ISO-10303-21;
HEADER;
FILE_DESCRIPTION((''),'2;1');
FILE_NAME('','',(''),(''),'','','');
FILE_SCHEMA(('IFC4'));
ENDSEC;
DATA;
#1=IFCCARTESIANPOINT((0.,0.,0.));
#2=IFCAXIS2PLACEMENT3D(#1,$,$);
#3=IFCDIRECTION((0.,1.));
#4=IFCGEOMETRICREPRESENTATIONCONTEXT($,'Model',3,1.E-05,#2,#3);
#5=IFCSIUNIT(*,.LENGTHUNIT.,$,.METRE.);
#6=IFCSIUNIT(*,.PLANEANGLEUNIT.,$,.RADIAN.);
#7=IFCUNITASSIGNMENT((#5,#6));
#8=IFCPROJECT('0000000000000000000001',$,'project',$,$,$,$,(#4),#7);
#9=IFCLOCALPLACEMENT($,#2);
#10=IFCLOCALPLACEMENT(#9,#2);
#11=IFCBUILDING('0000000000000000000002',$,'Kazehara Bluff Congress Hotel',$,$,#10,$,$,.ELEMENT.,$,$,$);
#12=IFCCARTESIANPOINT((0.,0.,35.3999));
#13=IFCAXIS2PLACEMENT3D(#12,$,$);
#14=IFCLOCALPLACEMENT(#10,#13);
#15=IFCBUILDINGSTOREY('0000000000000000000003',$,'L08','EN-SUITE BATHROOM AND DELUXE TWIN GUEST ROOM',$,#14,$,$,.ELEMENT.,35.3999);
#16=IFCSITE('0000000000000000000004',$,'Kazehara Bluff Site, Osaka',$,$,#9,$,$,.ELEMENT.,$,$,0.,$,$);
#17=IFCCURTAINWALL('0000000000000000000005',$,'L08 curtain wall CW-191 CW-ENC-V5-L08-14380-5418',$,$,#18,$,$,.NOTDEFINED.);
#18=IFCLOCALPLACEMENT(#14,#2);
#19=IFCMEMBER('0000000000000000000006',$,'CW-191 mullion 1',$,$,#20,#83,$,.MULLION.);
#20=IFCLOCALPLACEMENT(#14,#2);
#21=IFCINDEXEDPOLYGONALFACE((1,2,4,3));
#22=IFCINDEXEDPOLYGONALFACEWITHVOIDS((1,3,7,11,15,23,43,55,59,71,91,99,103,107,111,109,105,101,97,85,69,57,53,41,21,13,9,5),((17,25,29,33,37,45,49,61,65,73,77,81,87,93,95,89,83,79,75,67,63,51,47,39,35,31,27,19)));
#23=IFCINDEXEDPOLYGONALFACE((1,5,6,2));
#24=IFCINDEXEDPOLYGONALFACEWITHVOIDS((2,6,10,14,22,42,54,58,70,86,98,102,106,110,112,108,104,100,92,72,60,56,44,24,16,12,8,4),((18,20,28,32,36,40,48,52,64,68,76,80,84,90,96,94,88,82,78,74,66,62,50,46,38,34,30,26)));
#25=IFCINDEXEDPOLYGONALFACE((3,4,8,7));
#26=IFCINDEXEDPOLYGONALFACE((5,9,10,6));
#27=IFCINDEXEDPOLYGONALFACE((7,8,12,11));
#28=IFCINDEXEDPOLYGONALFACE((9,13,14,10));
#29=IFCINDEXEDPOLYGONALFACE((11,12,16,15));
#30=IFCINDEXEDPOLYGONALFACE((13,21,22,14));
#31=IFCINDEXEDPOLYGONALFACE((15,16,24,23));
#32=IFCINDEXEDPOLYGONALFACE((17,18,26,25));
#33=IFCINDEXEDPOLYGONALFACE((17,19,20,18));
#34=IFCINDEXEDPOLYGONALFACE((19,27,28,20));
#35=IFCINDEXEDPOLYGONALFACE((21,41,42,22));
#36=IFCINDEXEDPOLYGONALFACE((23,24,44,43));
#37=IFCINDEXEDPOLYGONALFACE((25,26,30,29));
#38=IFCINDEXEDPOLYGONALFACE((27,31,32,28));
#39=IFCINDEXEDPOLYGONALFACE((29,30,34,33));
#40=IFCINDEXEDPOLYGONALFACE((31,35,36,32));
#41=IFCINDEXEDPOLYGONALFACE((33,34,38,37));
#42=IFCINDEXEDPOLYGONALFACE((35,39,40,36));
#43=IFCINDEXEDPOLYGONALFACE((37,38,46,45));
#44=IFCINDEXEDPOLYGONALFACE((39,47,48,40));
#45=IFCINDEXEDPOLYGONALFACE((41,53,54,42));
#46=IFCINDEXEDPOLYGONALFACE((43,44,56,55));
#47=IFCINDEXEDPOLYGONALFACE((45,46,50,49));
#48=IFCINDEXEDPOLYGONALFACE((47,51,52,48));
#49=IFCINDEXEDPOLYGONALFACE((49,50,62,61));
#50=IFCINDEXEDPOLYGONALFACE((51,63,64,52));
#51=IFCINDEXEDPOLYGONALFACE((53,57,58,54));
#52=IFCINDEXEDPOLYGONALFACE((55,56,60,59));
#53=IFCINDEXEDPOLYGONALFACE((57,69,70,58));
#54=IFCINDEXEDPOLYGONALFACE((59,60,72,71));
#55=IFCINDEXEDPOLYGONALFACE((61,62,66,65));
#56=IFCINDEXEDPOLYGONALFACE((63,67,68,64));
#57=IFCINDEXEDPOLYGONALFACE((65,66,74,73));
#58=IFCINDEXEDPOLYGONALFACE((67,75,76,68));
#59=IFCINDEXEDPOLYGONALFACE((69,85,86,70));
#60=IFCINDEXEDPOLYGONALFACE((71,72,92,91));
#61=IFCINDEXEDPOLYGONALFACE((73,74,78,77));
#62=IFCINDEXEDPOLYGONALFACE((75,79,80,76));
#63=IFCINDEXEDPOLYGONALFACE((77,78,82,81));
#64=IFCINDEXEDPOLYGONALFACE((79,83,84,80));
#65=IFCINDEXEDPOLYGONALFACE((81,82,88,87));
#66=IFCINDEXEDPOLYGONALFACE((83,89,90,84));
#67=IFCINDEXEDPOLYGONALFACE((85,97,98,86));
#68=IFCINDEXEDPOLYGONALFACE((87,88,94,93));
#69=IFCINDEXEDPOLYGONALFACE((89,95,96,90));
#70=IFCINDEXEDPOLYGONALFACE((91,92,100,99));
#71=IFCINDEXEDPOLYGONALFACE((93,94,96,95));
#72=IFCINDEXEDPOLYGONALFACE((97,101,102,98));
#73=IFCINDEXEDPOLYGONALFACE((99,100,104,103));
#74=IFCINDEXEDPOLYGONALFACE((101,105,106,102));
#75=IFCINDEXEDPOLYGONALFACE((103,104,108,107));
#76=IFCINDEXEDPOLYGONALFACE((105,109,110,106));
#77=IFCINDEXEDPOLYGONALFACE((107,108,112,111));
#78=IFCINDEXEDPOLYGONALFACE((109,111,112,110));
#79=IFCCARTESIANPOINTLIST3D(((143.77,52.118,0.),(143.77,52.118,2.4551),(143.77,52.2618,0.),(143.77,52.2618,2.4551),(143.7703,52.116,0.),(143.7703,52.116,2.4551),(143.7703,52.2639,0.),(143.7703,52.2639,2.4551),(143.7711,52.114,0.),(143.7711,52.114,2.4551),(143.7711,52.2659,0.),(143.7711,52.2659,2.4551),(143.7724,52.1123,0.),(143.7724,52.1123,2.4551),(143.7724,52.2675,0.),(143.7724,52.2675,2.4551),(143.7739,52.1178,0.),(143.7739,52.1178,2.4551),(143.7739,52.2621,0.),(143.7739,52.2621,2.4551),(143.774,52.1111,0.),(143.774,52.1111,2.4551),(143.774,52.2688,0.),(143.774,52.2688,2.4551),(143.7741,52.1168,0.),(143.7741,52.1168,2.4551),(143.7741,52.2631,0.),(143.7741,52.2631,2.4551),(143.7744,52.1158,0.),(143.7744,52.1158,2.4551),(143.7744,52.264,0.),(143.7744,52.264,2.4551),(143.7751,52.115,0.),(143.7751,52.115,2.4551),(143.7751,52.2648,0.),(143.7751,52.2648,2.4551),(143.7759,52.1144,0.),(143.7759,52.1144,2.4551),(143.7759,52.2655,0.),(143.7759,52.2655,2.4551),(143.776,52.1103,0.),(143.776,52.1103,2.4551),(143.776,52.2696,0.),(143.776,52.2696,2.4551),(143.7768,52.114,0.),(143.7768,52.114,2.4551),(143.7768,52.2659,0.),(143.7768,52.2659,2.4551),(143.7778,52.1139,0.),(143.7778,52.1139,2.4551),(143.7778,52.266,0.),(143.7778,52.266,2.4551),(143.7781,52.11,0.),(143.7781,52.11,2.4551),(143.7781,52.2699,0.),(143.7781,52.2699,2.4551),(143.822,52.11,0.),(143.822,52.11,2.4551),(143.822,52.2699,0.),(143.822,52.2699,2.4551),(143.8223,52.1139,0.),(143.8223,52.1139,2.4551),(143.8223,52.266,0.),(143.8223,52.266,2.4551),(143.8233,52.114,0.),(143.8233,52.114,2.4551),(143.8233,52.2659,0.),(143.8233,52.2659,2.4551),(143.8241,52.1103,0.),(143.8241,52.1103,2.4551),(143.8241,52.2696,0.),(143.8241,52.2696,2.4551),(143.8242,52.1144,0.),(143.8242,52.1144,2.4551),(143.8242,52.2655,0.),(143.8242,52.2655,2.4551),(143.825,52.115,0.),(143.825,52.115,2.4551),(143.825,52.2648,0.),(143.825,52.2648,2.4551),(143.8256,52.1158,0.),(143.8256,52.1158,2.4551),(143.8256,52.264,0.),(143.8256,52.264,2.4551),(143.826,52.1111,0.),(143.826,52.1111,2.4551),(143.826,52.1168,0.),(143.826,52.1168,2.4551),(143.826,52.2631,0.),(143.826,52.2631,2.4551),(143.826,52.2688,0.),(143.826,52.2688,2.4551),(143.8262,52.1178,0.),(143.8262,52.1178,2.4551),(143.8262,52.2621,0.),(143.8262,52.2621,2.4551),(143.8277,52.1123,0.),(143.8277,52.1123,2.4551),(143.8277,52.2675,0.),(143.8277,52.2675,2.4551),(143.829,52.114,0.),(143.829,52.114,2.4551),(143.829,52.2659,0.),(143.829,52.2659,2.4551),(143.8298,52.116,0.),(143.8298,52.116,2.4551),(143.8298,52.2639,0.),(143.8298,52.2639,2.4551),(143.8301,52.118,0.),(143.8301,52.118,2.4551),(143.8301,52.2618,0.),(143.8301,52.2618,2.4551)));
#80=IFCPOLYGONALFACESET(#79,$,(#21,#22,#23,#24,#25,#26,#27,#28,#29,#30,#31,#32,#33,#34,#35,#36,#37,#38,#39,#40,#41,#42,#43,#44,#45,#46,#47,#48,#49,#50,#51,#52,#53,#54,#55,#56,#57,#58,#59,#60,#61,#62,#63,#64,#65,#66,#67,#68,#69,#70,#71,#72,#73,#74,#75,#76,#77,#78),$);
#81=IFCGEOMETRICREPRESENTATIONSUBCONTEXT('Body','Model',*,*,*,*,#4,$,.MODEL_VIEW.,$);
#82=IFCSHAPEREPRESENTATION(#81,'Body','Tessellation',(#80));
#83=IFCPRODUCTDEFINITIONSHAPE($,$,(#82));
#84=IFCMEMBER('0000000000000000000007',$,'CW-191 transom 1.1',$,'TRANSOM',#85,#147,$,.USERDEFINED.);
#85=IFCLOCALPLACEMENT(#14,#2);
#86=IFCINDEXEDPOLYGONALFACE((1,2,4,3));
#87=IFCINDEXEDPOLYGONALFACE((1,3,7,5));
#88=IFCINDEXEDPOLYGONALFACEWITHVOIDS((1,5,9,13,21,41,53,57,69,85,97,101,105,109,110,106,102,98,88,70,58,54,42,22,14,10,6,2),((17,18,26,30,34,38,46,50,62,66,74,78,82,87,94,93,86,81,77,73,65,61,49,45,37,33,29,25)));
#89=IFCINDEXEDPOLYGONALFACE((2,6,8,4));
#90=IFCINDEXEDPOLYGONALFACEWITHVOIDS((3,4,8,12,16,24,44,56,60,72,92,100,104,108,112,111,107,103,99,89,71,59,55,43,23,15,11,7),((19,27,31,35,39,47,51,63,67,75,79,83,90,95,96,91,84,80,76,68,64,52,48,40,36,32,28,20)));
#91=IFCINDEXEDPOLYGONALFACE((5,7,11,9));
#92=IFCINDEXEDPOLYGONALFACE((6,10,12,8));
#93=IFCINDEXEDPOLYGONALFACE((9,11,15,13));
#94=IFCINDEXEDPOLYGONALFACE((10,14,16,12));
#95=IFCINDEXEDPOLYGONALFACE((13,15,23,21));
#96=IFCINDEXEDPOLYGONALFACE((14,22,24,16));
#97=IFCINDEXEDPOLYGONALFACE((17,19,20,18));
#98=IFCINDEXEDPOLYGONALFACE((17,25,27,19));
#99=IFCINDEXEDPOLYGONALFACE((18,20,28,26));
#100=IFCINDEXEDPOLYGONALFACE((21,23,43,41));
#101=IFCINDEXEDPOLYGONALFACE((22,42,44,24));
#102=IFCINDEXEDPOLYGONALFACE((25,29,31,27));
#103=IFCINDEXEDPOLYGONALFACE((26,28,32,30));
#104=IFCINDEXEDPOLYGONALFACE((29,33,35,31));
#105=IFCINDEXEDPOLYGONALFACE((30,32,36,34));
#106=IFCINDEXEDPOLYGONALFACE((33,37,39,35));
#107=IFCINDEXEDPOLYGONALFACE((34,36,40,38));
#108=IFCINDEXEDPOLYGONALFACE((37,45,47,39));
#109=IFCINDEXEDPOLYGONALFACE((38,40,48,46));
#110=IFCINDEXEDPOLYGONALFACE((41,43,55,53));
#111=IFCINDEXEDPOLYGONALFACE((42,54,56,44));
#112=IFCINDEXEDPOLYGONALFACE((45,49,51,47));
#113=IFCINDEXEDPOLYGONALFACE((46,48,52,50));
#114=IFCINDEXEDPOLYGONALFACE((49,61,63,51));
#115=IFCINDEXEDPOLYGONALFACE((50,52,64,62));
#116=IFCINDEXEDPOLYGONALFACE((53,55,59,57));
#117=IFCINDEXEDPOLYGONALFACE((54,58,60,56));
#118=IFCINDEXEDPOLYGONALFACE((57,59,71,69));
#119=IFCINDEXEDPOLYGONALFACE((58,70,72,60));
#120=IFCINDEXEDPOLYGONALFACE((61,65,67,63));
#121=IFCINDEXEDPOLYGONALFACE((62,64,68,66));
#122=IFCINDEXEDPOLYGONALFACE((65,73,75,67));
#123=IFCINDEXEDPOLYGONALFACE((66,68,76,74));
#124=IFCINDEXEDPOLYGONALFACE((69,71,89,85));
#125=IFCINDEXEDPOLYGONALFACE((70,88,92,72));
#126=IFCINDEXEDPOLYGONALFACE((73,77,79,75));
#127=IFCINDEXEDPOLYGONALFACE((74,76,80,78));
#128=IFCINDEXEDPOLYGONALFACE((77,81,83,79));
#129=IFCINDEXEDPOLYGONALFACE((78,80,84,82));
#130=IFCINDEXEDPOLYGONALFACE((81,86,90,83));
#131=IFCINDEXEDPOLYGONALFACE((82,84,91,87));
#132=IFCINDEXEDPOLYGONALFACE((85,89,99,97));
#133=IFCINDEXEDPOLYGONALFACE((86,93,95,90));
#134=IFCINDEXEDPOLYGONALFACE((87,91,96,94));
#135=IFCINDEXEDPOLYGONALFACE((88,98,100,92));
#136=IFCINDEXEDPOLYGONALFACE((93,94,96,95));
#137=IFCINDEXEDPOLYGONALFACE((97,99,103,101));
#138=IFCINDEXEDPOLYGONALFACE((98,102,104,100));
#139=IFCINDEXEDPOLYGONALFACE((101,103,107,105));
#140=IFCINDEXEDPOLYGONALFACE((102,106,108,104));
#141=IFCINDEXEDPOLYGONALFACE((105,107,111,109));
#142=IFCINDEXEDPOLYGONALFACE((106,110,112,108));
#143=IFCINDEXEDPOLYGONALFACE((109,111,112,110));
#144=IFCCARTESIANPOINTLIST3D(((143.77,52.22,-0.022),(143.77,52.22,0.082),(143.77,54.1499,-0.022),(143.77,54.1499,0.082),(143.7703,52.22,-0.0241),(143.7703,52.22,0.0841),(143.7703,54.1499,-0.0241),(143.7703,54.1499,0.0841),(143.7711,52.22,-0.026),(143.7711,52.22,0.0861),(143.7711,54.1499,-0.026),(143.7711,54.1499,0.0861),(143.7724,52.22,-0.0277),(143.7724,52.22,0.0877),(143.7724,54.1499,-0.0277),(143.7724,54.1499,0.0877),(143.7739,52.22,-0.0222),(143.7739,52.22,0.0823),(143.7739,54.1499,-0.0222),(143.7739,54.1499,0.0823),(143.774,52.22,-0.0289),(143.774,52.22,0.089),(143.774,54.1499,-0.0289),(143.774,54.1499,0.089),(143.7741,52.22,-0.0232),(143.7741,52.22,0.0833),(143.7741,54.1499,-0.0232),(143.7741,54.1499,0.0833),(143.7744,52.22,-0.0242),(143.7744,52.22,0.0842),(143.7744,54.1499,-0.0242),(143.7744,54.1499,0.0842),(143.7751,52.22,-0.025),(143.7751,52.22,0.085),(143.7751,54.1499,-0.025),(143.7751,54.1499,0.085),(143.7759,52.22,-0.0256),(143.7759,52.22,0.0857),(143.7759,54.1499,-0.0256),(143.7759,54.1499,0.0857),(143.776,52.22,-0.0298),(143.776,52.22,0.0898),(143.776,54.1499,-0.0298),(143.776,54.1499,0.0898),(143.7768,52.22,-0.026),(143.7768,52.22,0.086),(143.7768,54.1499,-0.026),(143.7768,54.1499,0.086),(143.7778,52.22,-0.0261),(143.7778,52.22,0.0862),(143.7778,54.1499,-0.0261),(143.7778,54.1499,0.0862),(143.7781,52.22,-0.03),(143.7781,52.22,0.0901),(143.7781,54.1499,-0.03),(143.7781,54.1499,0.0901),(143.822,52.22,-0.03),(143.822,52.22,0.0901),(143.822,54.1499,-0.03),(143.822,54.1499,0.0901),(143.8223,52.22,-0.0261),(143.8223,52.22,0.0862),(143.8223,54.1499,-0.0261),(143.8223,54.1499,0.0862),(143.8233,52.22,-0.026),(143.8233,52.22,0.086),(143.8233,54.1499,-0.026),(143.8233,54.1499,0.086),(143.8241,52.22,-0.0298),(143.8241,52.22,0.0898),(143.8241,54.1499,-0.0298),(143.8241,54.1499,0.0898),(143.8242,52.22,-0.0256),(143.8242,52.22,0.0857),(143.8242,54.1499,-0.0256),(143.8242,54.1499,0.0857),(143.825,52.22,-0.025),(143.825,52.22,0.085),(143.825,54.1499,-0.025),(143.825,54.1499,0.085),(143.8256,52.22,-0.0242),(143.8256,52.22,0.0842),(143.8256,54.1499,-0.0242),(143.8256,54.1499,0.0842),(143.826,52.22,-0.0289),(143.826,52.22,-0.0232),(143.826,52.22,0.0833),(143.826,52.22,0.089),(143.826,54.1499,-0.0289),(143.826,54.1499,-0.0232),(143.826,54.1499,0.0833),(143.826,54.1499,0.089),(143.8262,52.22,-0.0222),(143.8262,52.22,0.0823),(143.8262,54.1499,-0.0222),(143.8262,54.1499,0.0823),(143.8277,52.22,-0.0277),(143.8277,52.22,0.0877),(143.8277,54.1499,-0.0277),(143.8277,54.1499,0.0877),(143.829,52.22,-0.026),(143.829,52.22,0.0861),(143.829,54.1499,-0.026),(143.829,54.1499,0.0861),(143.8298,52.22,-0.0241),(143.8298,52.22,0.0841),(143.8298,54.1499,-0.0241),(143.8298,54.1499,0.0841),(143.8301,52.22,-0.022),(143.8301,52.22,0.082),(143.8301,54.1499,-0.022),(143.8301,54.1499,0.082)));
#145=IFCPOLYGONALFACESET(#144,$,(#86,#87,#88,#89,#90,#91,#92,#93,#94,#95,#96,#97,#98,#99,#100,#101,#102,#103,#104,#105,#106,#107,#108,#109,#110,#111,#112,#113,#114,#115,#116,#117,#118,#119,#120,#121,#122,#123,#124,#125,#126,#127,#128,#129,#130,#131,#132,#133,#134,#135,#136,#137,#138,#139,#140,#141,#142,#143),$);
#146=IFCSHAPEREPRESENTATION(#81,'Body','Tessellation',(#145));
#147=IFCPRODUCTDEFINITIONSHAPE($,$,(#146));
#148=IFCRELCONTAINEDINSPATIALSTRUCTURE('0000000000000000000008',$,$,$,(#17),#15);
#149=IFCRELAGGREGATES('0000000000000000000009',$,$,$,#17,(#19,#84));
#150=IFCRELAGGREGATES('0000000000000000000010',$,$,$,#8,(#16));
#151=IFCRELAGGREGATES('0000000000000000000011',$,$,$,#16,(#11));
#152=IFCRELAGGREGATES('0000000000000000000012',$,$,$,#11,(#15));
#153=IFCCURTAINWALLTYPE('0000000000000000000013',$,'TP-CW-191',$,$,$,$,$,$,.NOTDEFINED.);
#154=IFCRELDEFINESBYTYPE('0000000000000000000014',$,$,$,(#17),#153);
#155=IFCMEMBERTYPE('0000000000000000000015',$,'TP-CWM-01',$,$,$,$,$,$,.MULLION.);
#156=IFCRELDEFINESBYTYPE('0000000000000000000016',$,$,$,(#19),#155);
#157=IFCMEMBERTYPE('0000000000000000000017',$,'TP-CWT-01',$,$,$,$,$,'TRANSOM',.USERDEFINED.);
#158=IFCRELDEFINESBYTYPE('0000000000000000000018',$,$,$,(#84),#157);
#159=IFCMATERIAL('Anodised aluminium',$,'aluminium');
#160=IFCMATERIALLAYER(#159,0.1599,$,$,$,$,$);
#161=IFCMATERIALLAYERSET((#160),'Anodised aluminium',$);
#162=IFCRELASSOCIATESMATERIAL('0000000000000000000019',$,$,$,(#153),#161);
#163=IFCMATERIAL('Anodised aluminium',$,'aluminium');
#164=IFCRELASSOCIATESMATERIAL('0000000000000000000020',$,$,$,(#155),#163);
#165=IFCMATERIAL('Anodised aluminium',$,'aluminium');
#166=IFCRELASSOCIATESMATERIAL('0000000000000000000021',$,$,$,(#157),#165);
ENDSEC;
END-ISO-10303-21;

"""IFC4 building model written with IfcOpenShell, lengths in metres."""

from ifc_helpers import new_model, si_unit, direction, frame, origin, origin_2d, place, context, subcontext, project, spatial, hollow_rectangle, extrude, material, layer, layer_set, material_profile, profile_set, type_object, element, aggregate, save


model = new_model("IFC4")

# Units and contexts
model_context = context("Model", 3, precision=1e-05, world=origin(), true_north=direction((0.0, 1.0)))
body_context = subcontext(model_context, "Body", "Model", "MODEL_VIEW")
ifc_project = project(units=[si_unit("LENGTHUNIT", "METRE"), si_unit("PLANEANGLEUNIT", "RADIAN")], contexts=[model_context])

# Site, building, storey
site_placement = place(None, origin())
site = spatial("IfcSite", under=ifc_project, at=site_placement, Name="Kazehara Bluff Site, Osaka", CompositionType="ELEMENT", RefElevation=0.0)
building_placement = place(site_placement, origin())
building = spatial("IfcBuilding", under=site, at=building_placement, Name="Kazehara Bluff Congress Hotel", CompositionType="ELEMENT")
storey_placement = place(building_placement, frame((0.0, 0.0, 35.3999)))
storey = spatial("IfcBuildingStorey", under=building, at=storey_placement, Name="L08", Description="EN-SUITE BATHROOM AND DELUXE TWIN GUEST ROOM", CompositionType="ELEMENT", Elevation=35.3999)

# Curtain wall, members
ifc_material_1 = material(Name="Anodised aluminium", Category="aluminium")
ifc_layer_1 = layer(ifc_material_1, 0.1599)
ifc_layer_set_1 = layer_set([ifc_layer_1], Name="Anodised aluminium")
curtain_wall_type_1 = type_object("IfcCurtainWallType", Name="TP-CW-191", PredefinedType="NOTDEFINED", material=ifc_layer_set_1)
curtain_wall_1_placement = place(storey_placement, origin())
curtain_wall_1 = element("IfcCurtainWall", 1, at=curtain_wall_1_placement, inside=storey, type_object=curtain_wall_type_1, Name="L08 curtain wall CW-191 CW-ENC-V5-L08-14380-5418", PredefinedType="NOTDEFINED")
ifc_material_2 = material(Name="Anodised aluminium", Category="aluminium")
ifc_material_profile_1 = material_profile(ifc_material_2, hollow_rectangle(XDim=0.0601, YDim=0.1599, WallThickness=0.0039, InnerFilletRadius=0.0039, OuterFilletRadius=0.0081, at=origin_2d()))
ifc_profile_set_1 = profile_set([ifc_material_profile_1], Name="Anodised aluminium")
member_type_1 = type_object("IfcMemberType", Name="TP-CWM-01", PredefinedType="MULLION", material=ifc_profile_set_1)
member_1_placement = place(storey_placement, frame((143.8, 52.1899, 0.0), z_axis=(0.0, 0.0, 1.0), x_axis=(-1.0, 0.0, 0.0)))
member_1 = element("IfcMember", 2, at=member_1_placement, type_object=member_type_1, Name="CW-191 mullion 1", PredefinedType="MULLION", context=body_context, shape_type="SweptSolid", body=[
    extrude(hollow_rectangle(XDim=0.0601, YDim=0.1599, WallThickness=0.0039, InnerFilletRadius=0.0039, OuterFilletRadius=0.0081, at=origin_2d()), origin(), (0.0, 0.0, 1.0), 2.4551),
])
ifc_material_3 = material(Name="Anodised aluminium", Category="aluminium")
ifc_material_profile_2 = material_profile(ifc_material_3, hollow_rectangle(XDim=0.0601, YDim=0.1201, WallThickness=0.0039, InnerFilletRadius=0.0039, OuterFilletRadius=0.0081, at=origin_2d()))
ifc_profile_set_2 = profile_set([ifc_material_profile_2], Name="Anodised aluminium")
member_type_2 = type_object("IfcMemberType", Name="TP-CWT-01", ElementType="TRANSOM", PredefinedType="USERDEFINED", material=ifc_profile_set_2)
member_2_placement = place(storey_placement, frame((143.8, 52.22, 0.03), z_axis=(0.0, 1.0, 0.0), x_axis=(-1.0, 0.0, 0.0)))
member_2 = element("IfcMember", 3, at=member_2_placement, type_object=member_type_2, Name="CW-191 transom 1.1", ObjectType="TRANSOM", PredefinedType="USERDEFINED", context=body_context, shape_type="SweptSolid", body=[
    extrude(hollow_rectangle(XDim=0.0601, YDim=0.1201, WallThickness=0.0039, InnerFilletRadius=0.0039, OuterFilletRadius=0.0081, at=origin_2d()), origin(), (0.0, 0.0, 1.0), 1.9299),
])

aggregate(curtain_wall_1, [member_1, member_2])

save(model, "model.ifc")
